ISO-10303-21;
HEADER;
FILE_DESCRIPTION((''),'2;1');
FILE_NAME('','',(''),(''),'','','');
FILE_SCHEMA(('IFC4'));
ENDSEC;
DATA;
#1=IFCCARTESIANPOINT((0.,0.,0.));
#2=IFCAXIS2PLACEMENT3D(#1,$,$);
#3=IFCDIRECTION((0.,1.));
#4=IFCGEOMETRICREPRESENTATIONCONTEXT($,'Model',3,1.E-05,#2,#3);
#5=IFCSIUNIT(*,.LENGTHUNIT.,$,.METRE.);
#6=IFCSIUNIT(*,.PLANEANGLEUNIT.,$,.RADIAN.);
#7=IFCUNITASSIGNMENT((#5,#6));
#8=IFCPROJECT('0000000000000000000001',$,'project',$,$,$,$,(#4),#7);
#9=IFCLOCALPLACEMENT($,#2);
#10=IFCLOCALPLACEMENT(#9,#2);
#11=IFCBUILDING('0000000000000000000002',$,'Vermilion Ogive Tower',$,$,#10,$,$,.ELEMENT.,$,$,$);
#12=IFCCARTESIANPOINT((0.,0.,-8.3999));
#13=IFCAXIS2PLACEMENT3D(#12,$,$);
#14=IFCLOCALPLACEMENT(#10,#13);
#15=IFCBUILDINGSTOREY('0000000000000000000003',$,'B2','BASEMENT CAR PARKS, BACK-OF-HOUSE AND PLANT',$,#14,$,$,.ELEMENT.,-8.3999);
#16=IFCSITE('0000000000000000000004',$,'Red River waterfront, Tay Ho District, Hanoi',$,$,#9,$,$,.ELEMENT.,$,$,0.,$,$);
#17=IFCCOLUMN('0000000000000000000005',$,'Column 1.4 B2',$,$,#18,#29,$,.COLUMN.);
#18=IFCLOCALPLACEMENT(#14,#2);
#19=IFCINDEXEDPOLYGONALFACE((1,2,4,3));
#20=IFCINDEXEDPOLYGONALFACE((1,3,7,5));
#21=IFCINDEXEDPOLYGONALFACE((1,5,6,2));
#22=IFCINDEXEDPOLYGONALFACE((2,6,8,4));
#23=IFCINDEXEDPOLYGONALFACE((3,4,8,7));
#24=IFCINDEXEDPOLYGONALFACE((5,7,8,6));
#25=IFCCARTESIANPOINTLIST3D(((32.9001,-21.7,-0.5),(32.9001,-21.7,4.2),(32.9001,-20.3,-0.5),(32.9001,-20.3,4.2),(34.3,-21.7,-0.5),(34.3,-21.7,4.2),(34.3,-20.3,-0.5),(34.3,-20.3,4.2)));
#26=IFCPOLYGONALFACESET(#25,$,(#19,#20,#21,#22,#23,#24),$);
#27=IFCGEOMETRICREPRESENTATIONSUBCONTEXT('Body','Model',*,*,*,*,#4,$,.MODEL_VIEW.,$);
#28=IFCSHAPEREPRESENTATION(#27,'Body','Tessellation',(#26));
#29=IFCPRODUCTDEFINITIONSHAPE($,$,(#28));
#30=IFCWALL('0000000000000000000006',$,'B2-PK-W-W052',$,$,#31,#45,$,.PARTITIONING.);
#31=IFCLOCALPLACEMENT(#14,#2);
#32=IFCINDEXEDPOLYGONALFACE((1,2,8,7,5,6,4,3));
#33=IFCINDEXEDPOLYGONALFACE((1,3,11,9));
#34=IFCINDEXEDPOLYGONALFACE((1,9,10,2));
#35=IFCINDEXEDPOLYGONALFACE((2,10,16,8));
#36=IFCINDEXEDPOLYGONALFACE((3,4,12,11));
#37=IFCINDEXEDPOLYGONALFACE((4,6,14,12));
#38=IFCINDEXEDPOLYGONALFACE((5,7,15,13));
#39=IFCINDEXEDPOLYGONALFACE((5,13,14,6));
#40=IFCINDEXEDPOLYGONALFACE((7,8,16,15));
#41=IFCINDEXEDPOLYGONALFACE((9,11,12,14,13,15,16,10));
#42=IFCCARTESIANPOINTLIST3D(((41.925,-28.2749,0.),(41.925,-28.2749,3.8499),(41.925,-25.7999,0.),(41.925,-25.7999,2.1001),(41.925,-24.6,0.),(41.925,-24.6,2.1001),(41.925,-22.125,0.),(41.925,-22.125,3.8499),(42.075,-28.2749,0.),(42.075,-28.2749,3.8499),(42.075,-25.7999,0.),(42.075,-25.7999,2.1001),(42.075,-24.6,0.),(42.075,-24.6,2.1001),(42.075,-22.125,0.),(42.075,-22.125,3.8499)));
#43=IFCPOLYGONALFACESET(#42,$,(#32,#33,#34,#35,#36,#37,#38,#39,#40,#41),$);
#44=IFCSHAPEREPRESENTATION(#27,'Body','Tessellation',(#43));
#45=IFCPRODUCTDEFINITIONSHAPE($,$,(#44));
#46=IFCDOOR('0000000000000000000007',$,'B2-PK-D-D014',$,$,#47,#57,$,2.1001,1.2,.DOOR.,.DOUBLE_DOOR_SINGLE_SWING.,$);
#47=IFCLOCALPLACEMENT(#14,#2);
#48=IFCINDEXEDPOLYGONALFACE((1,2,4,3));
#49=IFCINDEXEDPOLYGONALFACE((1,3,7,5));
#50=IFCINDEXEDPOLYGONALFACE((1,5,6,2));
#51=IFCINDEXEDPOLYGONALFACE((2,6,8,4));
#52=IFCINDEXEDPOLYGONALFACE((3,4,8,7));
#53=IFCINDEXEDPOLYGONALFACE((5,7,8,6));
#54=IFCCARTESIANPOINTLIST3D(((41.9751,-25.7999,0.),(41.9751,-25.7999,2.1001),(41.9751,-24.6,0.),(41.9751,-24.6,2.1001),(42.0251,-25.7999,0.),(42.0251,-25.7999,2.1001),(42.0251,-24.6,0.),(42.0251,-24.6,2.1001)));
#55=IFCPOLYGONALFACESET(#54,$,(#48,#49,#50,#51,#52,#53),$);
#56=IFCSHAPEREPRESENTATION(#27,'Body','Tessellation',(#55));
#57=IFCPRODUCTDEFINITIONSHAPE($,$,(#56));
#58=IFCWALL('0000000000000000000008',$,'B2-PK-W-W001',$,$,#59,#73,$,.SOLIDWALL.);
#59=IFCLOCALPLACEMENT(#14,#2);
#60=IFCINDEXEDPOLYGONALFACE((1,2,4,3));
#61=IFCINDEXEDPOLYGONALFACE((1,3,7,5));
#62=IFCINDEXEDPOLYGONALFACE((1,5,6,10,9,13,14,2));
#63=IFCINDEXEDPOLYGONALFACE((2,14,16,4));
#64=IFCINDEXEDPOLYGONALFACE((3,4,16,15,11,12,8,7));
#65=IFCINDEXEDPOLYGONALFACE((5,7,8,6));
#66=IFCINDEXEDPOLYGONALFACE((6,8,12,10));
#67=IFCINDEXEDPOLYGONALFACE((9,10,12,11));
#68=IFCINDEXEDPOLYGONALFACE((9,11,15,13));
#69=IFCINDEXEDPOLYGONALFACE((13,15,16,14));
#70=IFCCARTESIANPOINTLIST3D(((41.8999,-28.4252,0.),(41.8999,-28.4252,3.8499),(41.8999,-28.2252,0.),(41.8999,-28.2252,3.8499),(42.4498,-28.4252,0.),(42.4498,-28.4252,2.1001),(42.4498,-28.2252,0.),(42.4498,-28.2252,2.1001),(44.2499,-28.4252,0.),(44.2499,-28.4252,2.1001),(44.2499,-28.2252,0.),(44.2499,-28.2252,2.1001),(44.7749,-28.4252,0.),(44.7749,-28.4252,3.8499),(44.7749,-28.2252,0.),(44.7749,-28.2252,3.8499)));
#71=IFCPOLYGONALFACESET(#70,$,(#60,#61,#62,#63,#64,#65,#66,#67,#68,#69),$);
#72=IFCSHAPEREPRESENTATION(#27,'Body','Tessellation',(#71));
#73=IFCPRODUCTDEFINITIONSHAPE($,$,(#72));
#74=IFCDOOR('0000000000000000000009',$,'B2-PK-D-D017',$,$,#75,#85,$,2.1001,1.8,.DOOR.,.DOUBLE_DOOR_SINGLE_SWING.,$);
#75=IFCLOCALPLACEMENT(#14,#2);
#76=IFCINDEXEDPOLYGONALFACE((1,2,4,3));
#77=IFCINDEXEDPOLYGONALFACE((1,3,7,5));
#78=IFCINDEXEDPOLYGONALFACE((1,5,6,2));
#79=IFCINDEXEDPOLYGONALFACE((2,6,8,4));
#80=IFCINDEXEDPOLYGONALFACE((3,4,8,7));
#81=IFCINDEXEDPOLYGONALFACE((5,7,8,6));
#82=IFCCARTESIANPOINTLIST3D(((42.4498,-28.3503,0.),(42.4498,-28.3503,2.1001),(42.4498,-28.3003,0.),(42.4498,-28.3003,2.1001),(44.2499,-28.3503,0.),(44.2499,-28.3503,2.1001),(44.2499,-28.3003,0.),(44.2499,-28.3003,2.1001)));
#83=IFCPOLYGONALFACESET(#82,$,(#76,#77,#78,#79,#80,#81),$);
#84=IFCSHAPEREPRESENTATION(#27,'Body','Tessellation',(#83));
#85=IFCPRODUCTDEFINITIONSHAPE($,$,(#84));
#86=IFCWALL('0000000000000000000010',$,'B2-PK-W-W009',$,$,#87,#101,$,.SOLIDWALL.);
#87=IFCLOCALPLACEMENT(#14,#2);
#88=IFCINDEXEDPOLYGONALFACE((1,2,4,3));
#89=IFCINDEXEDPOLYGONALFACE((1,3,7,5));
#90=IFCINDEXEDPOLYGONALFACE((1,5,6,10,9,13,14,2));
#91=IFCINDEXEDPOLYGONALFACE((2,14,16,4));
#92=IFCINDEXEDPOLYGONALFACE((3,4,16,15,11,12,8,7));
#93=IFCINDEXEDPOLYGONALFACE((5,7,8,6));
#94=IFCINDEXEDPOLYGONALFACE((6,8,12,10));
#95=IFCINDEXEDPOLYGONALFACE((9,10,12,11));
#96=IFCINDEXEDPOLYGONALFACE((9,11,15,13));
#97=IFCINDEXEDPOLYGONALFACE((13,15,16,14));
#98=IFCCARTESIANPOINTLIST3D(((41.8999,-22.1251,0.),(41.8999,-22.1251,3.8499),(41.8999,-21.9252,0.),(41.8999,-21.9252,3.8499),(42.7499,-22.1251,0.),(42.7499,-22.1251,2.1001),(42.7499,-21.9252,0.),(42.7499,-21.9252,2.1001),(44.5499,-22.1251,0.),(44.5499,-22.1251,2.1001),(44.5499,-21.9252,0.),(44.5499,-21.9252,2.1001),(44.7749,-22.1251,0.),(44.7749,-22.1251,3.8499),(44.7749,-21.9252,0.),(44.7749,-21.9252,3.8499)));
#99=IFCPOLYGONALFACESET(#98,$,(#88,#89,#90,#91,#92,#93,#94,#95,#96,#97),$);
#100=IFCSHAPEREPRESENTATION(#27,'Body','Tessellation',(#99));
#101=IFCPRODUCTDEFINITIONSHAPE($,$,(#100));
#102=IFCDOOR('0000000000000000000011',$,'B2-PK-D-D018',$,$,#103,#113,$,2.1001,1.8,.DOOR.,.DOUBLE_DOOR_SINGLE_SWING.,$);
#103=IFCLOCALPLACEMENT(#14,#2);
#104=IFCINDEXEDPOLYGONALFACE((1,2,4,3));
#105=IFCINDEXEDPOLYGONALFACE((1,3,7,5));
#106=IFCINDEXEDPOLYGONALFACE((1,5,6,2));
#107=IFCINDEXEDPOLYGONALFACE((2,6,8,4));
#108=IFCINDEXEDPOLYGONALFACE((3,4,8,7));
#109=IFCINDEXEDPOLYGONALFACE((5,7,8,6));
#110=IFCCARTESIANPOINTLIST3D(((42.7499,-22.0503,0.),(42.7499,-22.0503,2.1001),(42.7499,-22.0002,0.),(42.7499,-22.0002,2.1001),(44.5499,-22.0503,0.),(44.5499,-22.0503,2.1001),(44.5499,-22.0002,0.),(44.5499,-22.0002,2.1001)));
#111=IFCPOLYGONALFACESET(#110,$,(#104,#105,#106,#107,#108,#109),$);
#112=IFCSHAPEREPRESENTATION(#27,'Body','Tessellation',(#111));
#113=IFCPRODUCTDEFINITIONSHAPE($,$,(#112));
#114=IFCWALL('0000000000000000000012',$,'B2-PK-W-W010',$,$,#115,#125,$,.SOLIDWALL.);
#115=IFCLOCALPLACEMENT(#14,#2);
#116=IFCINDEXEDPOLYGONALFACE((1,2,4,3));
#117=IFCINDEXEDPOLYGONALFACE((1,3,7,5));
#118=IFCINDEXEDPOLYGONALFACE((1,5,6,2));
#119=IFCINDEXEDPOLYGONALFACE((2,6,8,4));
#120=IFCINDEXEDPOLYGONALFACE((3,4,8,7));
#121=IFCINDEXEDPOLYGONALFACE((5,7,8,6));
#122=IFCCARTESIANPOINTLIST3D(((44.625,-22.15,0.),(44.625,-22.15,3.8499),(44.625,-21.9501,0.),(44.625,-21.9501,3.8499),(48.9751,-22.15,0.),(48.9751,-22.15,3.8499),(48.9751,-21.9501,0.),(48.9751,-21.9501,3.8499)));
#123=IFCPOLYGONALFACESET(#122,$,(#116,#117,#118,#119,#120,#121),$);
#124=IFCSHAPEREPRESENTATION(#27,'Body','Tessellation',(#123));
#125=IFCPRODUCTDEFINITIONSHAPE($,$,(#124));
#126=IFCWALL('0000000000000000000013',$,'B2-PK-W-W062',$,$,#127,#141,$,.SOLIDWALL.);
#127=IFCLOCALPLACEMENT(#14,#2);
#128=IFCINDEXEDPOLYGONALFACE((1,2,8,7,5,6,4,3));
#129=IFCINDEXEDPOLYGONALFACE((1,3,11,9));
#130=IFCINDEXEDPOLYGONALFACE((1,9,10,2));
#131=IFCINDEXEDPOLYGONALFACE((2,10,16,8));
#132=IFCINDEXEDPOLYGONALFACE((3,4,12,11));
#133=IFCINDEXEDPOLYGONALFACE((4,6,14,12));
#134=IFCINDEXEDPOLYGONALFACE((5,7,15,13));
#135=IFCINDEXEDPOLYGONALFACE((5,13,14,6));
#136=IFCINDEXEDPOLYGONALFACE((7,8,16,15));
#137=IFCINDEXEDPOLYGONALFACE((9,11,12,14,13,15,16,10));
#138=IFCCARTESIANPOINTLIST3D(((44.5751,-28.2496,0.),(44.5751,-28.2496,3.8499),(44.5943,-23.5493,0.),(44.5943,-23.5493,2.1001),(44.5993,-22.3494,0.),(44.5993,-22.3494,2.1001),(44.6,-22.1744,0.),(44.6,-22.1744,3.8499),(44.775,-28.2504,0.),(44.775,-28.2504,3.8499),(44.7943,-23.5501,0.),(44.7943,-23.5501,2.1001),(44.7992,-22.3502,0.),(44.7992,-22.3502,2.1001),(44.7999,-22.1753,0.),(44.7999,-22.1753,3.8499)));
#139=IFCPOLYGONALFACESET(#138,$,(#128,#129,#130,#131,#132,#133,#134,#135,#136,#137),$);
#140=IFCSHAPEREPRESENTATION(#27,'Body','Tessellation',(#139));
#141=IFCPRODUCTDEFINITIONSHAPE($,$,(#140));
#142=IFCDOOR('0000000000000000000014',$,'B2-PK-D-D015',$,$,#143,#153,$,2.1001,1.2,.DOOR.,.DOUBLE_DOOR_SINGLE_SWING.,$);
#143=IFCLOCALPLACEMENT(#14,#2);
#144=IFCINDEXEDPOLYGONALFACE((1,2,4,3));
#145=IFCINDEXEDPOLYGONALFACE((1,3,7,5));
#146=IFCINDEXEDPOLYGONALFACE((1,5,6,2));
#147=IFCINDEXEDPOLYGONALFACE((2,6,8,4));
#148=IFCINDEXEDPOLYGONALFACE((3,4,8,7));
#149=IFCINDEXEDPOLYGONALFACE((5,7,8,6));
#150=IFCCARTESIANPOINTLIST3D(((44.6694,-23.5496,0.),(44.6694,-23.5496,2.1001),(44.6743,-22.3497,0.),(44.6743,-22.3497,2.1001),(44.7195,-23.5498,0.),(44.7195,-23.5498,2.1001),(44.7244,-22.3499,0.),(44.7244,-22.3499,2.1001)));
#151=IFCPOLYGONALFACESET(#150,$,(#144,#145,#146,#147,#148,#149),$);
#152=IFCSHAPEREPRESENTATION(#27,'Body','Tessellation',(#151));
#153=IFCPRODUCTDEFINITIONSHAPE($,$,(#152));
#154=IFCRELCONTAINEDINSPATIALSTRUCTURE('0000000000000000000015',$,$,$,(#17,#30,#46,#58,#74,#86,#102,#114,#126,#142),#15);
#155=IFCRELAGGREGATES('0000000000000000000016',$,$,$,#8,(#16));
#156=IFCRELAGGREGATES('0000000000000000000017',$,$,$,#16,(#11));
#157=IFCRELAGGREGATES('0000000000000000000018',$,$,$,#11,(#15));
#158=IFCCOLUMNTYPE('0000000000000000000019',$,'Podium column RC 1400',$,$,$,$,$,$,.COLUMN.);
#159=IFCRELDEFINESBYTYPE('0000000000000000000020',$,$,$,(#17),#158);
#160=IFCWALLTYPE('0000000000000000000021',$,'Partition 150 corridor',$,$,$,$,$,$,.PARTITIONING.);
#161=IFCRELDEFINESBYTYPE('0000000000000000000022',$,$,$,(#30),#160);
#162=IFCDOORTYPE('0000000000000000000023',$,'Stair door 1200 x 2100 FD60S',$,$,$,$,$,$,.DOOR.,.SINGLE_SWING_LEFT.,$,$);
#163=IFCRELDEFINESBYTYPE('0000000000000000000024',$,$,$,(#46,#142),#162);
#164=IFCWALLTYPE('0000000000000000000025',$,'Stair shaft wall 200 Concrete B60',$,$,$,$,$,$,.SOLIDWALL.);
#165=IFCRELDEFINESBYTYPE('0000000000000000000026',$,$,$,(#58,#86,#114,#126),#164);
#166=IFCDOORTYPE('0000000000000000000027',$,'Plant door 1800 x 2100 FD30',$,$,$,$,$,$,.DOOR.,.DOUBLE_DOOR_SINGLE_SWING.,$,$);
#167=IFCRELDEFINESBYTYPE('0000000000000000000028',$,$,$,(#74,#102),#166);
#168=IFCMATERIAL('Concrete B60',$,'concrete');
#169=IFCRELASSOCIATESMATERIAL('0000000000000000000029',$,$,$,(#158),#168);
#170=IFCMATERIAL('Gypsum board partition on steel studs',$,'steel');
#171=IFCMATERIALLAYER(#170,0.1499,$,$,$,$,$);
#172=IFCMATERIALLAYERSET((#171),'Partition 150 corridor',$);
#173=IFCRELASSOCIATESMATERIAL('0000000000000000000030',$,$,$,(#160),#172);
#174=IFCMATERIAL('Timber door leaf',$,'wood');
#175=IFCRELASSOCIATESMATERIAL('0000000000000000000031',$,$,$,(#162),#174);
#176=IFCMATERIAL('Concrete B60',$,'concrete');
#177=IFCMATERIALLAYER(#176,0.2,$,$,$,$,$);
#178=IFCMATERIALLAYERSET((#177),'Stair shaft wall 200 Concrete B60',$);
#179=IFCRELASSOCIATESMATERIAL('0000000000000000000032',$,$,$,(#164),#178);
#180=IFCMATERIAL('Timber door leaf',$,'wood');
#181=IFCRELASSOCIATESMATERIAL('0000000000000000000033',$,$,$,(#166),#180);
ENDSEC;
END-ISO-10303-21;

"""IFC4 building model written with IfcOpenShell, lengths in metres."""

from ifc_helpers import new_model, si_unit, direction, frame, frame_2d, origin, origin_2d, place, context, subcontext, project, spatial, rectangle, extrude, material, layer, layer_set, material_profile, profile_set, type_object, element, fill, save


model = new_model("IFC4")

# Units and contexts
model_context = context("Model", 3, precision=1e-05, world=origin(), true_north=direction((0.0, 1.0)))
body_context = subcontext(model_context, "Body", "Model", "MODEL_VIEW")
ifc_project = project(units=[si_unit("LENGTHUNIT", "METRE"), si_unit("PLANEANGLEUNIT", "RADIAN")], contexts=[model_context])

# Site, building, storey
site_placement = place(None, origin())
site = spatial("IfcSite", under=ifc_project, at=site_placement, Name="Red River waterfront, Tay Ho District, Hanoi", CompositionType="ELEMENT", RefElevation=0.0)
building_placement = place(site_placement, origin())
building = spatial("IfcBuilding", under=site, at=building_placement, Name="Vermilion Ogive Tower", CompositionType="ELEMENT")
storey_placement = place(building_placement, frame((0.0, 0.0, -8.3999)))
storey = spatial("IfcBuildingStorey", under=building, at=storey_placement, Name="B2", Description="BASEMENT CAR PARKS, BACK-OF-HOUSE AND PLANT", CompositionType="ELEMENT", Elevation=-8.3999)

# Column
ifc_material_1 = material(Name="Concrete B60", Category="concrete")
ifc_material_profile = material_profile(ifc_material_1, rectangle(XDim=1.3999, YDim=1.3999, at=origin_2d()), Name="RC 1400x1400")
ifc_profile_set = profile_set([ifc_material_profile], Name="Concrete B60")
column_type = type_object("IfcColumnType", Name="Podium column RC 1400", PredefinedType="COLUMN", material=ifc_profile_set)
column_placement = place(storey_placement, frame((33.6001, -21.0, -0.5), z_axis=(0.0, 0.0, 1.0), x_axis=(1.0, 0.0, 0.0)))
element("IfcColumn", 1, at=column_placement, inside=storey, type_object=column_type, Name="Column 1.4 B2", PredefinedType="COLUMN", context=body_context, shape_type="SweptSolid", body=[
    extrude(rectangle(XDim=1.3999, YDim=1.3999, at=origin_2d()), origin(), (0.0, 0.0, 1.0), 4.7),
])

# Walls, openings, doors
ifc_material_2 = material(Name="Gypsum board partition on steel studs", Category="steel")
ifc_layer_1 = layer(ifc_material_2, 0.1499)
ifc_layer_set_1 = layer_set([ifc_layer_1], Name="Partition 150 corridor")
wall_type_1 = type_object("IfcWallType", Name="Partition 150 corridor", PredefinedType="PARTITIONING", material=ifc_layer_set_1)
wall_1_placement = place(storey_placement, frame((42.0, -28.2749, 0.0), z_axis=(0.0, 0.0, 1.0), x_axis=(0.0, 1.0, 0.0)))
wall_1 = element("IfcWall", 2, at=wall_1_placement, inside=storey, type_object=wall_type_1, Name="B2-PK-W-W052", PredefinedType="PARTITIONING", context=body_context, shape_type="SweptSolid", body=[
    extrude(rectangle(XDim=6.1499, YDim=0.1499, at=frame_2d((3.075, 0.0))), origin(), (0.0, 0.0, 1.0), 3.8499),
])
opening_1_placement = place(wall_1_placement, frame((2.4749, 0.0, 0.0)))
opening_1 = element("IfcOpeningElement", 3, at=opening_1_placement, cuts=wall_1, PredefinedType="OPENING", context=body_context, shape_type="SweptSolid", body=[
    extrude(rectangle(XDim=1.2, YDim=2.1001, at=frame_2d((0.6001, 1.05))), frame((0.0, 0.085, 0.0), z_axis=(0.0, -1.0, 0.0), x_axis=(1.0, 0.0, 0.0)), (0.0, 0.0, 1.0), 0.1699),
])
ifc_material_3 = material(Name="Timber door leaf", Category="wood")
door_type_1 = type_object("IfcDoorType", Name="Stair door 1200 x 2100 FD60S", OperationType="SINGLE_SWING_LEFT", PredefinedType="DOOR", material=ifc_material_3)
door_1_placement = place(opening_1_placement, origin())
door_1 = element("IfcDoor", 4, at=door_1_placement, inside=storey, type_object=door_type_1, Name="B2-PK-D-D014", OperationType="DOUBLE_DOOR_SINGLE_SWING", OverallHeight=2.1001, OverallWidth=1.2, PredefinedType="DOOR", context=body_context, shape_type="SweptSolid", body=[
    extrude(rectangle(XDim=1.2, YDim=2.1001, at=frame_2d((0.6001, 1.05))), frame((0.0, 0.0249, 0.0), z_axis=(0.0, -1.0, 0.0), x_axis=(1.0, 0.0, 0.0)), (0.0, 0.0, 1.0), 0.05),
])
fill(opening_1, door_1)
ifc_material_4 = material(Name="Concrete B60", Category="concrete")
ifc_layer_2 = layer(ifc_material_4, 0.2)
ifc_layer_set_2 = layer_set([ifc_layer_2], Name="Stair shaft wall 200 Concrete B60")
wall_type_2 = type_object("IfcWallType", Name="Stair shaft wall 200 Concrete B60", PredefinedType="SOLIDWALL", material=ifc_layer_set_2)
wall_2_placement = place(storey_placement, frame((41.8999, -28.3252, 0.0), z_axis=(0.0, 0.0, 1.0), x_axis=(1.0, 0.0, 0.0)))
wall_2 = element("IfcWall", 5, at=wall_2_placement, inside=storey, type_object=wall_type_2, Name="B2-PK-W-W001", PredefinedType="SOLIDWALL", context=body_context, shape_type="SweptSolid", body=[
    extrude(rectangle(XDim=2.875, YDim=0.2, at=frame_2d((1.4375, 0.0))), origin(), (0.0, 0.0, 1.0), 3.8499),
])
opening_2_placement = place(wall_2_placement, frame((0.55, 0.0, 0.0)))
opening_2 = element("IfcOpeningElement", 6, at=opening_2_placement, cuts=wall_2, PredefinedType="OPENING", context=body_context, shape_type="SweptSolid", body=[
    extrude(rectangle(XDim=1.8, YDim=2.1001, at=frame_2d((0.8999, 1.05))), frame((0.0, 0.1099, 0.0), z_axis=(0.0, -1.0, 0.0), x_axis=(1.0, 0.0, 0.0)), (0.0, 0.0, 1.0), 0.22),
])
ifc_material_5 = material(Name="Timber door leaf", Category="wood")
door_type_2 = type_object("IfcDoorType", Name="Plant door 1800 x 2100 FD30", OperationType="DOUBLE_DOOR_SINGLE_SWING", PredefinedType="DOOR", material=ifc_material_5)
door_2_placement = place(opening_2_placement, origin())
door_2 = element("IfcDoor", 7, at=door_2_placement, inside=storey, type_object=door_type_2, Name="B2-PK-D-D017", OperationType="DOUBLE_DOOR_SINGLE_SWING", OverallHeight=2.1001, OverallWidth=1.8, PredefinedType="DOOR", context=body_context, shape_type="SweptSolid", body=[
    extrude(rectangle(XDim=1.8, YDim=2.1001, at=frame_2d((0.8999, 1.05))), frame((0.0, 0.0249, 0.0), z_axis=(0.0, -1.0, 0.0), x_axis=(1.0, 0.0, 0.0)), (0.0, 0.0, 1.0), 0.05),
])
fill(opening_2, door_2)
wall_3_placement = place(storey_placement, frame((41.8999, -22.0251, 0.0), z_axis=(0.0, 0.0, 1.0), x_axis=(1.0, 0.0, 0.0)))
wall_3 = element("IfcWall", 8, at=wall_3_placement, inside=storey, type_object=wall_type_2, Name="B2-PK-W-W009", PredefinedType="SOLIDWALL", context=body_context, shape_type="SweptSolid", body=[
    extrude(rectangle(XDim=2.875, YDim=0.2, at=frame_2d((1.4375, 0.0))), origin(), (0.0, 0.0, 1.0), 3.8499),
])
opening_3_placement = place(wall_3_placement, frame((0.8501, 0.0, 0.0)))
opening_3 = element("IfcOpeningElement", 9, at=opening_3_placement, cuts=wall_3, PredefinedType="OPENING", context=body_context, shape_type="SweptSolid", body=[
    extrude(rectangle(XDim=1.8, YDim=2.1001, at=frame_2d((0.8999, 1.05))), frame((0.0, 0.1099, 0.0), z_axis=(0.0, -1.0, 0.0), x_axis=(1.0, 0.0, 0.0)), (0.0, 0.0, 1.0), 0.22),
])
door_3_placement = place(opening_3_placement, origin())
door_3 = element("IfcDoor", 10, at=door_3_placement, inside=storey, type_object=door_type_2, Name="B2-PK-D-D018", OperationType="DOUBLE_DOOR_SINGLE_SWING", OverallHeight=2.1001, OverallWidth=1.8, PredefinedType="DOOR", context=body_context, shape_type="SweptSolid", body=[
    extrude(rectangle(XDim=1.8, YDim=2.1001, at=frame_2d((0.8999, 1.05))), frame((0.0, 0.0249, 0.0), z_axis=(0.0, -1.0, 0.0), x_axis=(1.0, 0.0, 0.0)), (0.0, 0.0, 1.0), 0.05),
])
fill(opening_3, door_3)

# Wall
wall_4_placement = place(storey_placement, frame((44.625, -22.05, 0.0), z_axis=(0.0, 0.0, 1.0), x_axis=(1.0, 0.0, 0.0)))
element("IfcWall", 11, at=wall_4_placement, inside=storey, type_object=wall_type_2, Name="B2-PK-W-W010", PredefinedType="SOLIDWALL", context=body_context, shape_type="SweptSolid", body=[
    extrude(rectangle(XDim=4.3501, YDim=0.2, at=frame_2d((2.175, 0.0))), origin(), (0.0, 0.0, 1.0), 3.8499),
])

# Wall, opening, door
wall_5_placement = place(storey_placement, frame((44.675, -28.25, 0.0), z_axis=(0.0, 0.0, 1.0), x_axis=(0.004099, 0.999992, 0.0)))
wall_5 = element("IfcWall", 12, at=wall_5_placement, inside=storey, type_object=wall_type_2, Name="B2-PK-W-W062", PredefinedType="SOLIDWALL", context=body_context, shape_type="SweptSolid", body=[
    extrude(rectangle(XDim=6.0752, YDim=0.2, at=frame_2d((3.0376, 0.0))), origin(), (0.0, 0.0, 1.0), 3.8499),
])
opening_4_placement = place(wall_5_placement, frame((4.7002, 0.0, 0.0)))
opening_4 = element("IfcOpeningElement", 13, at=opening_4_placement, cuts=wall_5, PredefinedType="OPENING", context=body_context, shape_type="SweptSolid", body=[
    extrude(rectangle(XDim=1.2, YDim=2.1001, at=frame_2d((0.6001, 1.05))), frame((0.0, 0.1099, 0.0), z_axis=(0.0, -1.0, 0.0), x_axis=(1.0, 0.0, 0.0)), (0.0, 0.0, 1.0), 0.22),
])
door_4_placement = place(opening_4_placement, origin())
door_4 = element("IfcDoor", 14, at=door_4_placement, inside=storey, type_object=door_type_1, Name="B2-PK-D-D015", OperationType="DOUBLE_DOOR_SINGLE_SWING", OverallHeight=2.1001, OverallWidth=1.2, PredefinedType="DOOR", context=body_context, shape_type="SweptSolid", body=[
    extrude(rectangle(XDim=1.2, YDim=2.1001, at=frame_2d((0.6001, 1.05))), frame((0.0, 0.0249, 0.0), z_axis=(0.0, -1.0, 0.0), x_axis=(1.0, 0.0, 0.0)), (0.0, 0.0, 1.0), 0.05),
])
fill(opening_4, door_4)

save(model, "model.ifc")
